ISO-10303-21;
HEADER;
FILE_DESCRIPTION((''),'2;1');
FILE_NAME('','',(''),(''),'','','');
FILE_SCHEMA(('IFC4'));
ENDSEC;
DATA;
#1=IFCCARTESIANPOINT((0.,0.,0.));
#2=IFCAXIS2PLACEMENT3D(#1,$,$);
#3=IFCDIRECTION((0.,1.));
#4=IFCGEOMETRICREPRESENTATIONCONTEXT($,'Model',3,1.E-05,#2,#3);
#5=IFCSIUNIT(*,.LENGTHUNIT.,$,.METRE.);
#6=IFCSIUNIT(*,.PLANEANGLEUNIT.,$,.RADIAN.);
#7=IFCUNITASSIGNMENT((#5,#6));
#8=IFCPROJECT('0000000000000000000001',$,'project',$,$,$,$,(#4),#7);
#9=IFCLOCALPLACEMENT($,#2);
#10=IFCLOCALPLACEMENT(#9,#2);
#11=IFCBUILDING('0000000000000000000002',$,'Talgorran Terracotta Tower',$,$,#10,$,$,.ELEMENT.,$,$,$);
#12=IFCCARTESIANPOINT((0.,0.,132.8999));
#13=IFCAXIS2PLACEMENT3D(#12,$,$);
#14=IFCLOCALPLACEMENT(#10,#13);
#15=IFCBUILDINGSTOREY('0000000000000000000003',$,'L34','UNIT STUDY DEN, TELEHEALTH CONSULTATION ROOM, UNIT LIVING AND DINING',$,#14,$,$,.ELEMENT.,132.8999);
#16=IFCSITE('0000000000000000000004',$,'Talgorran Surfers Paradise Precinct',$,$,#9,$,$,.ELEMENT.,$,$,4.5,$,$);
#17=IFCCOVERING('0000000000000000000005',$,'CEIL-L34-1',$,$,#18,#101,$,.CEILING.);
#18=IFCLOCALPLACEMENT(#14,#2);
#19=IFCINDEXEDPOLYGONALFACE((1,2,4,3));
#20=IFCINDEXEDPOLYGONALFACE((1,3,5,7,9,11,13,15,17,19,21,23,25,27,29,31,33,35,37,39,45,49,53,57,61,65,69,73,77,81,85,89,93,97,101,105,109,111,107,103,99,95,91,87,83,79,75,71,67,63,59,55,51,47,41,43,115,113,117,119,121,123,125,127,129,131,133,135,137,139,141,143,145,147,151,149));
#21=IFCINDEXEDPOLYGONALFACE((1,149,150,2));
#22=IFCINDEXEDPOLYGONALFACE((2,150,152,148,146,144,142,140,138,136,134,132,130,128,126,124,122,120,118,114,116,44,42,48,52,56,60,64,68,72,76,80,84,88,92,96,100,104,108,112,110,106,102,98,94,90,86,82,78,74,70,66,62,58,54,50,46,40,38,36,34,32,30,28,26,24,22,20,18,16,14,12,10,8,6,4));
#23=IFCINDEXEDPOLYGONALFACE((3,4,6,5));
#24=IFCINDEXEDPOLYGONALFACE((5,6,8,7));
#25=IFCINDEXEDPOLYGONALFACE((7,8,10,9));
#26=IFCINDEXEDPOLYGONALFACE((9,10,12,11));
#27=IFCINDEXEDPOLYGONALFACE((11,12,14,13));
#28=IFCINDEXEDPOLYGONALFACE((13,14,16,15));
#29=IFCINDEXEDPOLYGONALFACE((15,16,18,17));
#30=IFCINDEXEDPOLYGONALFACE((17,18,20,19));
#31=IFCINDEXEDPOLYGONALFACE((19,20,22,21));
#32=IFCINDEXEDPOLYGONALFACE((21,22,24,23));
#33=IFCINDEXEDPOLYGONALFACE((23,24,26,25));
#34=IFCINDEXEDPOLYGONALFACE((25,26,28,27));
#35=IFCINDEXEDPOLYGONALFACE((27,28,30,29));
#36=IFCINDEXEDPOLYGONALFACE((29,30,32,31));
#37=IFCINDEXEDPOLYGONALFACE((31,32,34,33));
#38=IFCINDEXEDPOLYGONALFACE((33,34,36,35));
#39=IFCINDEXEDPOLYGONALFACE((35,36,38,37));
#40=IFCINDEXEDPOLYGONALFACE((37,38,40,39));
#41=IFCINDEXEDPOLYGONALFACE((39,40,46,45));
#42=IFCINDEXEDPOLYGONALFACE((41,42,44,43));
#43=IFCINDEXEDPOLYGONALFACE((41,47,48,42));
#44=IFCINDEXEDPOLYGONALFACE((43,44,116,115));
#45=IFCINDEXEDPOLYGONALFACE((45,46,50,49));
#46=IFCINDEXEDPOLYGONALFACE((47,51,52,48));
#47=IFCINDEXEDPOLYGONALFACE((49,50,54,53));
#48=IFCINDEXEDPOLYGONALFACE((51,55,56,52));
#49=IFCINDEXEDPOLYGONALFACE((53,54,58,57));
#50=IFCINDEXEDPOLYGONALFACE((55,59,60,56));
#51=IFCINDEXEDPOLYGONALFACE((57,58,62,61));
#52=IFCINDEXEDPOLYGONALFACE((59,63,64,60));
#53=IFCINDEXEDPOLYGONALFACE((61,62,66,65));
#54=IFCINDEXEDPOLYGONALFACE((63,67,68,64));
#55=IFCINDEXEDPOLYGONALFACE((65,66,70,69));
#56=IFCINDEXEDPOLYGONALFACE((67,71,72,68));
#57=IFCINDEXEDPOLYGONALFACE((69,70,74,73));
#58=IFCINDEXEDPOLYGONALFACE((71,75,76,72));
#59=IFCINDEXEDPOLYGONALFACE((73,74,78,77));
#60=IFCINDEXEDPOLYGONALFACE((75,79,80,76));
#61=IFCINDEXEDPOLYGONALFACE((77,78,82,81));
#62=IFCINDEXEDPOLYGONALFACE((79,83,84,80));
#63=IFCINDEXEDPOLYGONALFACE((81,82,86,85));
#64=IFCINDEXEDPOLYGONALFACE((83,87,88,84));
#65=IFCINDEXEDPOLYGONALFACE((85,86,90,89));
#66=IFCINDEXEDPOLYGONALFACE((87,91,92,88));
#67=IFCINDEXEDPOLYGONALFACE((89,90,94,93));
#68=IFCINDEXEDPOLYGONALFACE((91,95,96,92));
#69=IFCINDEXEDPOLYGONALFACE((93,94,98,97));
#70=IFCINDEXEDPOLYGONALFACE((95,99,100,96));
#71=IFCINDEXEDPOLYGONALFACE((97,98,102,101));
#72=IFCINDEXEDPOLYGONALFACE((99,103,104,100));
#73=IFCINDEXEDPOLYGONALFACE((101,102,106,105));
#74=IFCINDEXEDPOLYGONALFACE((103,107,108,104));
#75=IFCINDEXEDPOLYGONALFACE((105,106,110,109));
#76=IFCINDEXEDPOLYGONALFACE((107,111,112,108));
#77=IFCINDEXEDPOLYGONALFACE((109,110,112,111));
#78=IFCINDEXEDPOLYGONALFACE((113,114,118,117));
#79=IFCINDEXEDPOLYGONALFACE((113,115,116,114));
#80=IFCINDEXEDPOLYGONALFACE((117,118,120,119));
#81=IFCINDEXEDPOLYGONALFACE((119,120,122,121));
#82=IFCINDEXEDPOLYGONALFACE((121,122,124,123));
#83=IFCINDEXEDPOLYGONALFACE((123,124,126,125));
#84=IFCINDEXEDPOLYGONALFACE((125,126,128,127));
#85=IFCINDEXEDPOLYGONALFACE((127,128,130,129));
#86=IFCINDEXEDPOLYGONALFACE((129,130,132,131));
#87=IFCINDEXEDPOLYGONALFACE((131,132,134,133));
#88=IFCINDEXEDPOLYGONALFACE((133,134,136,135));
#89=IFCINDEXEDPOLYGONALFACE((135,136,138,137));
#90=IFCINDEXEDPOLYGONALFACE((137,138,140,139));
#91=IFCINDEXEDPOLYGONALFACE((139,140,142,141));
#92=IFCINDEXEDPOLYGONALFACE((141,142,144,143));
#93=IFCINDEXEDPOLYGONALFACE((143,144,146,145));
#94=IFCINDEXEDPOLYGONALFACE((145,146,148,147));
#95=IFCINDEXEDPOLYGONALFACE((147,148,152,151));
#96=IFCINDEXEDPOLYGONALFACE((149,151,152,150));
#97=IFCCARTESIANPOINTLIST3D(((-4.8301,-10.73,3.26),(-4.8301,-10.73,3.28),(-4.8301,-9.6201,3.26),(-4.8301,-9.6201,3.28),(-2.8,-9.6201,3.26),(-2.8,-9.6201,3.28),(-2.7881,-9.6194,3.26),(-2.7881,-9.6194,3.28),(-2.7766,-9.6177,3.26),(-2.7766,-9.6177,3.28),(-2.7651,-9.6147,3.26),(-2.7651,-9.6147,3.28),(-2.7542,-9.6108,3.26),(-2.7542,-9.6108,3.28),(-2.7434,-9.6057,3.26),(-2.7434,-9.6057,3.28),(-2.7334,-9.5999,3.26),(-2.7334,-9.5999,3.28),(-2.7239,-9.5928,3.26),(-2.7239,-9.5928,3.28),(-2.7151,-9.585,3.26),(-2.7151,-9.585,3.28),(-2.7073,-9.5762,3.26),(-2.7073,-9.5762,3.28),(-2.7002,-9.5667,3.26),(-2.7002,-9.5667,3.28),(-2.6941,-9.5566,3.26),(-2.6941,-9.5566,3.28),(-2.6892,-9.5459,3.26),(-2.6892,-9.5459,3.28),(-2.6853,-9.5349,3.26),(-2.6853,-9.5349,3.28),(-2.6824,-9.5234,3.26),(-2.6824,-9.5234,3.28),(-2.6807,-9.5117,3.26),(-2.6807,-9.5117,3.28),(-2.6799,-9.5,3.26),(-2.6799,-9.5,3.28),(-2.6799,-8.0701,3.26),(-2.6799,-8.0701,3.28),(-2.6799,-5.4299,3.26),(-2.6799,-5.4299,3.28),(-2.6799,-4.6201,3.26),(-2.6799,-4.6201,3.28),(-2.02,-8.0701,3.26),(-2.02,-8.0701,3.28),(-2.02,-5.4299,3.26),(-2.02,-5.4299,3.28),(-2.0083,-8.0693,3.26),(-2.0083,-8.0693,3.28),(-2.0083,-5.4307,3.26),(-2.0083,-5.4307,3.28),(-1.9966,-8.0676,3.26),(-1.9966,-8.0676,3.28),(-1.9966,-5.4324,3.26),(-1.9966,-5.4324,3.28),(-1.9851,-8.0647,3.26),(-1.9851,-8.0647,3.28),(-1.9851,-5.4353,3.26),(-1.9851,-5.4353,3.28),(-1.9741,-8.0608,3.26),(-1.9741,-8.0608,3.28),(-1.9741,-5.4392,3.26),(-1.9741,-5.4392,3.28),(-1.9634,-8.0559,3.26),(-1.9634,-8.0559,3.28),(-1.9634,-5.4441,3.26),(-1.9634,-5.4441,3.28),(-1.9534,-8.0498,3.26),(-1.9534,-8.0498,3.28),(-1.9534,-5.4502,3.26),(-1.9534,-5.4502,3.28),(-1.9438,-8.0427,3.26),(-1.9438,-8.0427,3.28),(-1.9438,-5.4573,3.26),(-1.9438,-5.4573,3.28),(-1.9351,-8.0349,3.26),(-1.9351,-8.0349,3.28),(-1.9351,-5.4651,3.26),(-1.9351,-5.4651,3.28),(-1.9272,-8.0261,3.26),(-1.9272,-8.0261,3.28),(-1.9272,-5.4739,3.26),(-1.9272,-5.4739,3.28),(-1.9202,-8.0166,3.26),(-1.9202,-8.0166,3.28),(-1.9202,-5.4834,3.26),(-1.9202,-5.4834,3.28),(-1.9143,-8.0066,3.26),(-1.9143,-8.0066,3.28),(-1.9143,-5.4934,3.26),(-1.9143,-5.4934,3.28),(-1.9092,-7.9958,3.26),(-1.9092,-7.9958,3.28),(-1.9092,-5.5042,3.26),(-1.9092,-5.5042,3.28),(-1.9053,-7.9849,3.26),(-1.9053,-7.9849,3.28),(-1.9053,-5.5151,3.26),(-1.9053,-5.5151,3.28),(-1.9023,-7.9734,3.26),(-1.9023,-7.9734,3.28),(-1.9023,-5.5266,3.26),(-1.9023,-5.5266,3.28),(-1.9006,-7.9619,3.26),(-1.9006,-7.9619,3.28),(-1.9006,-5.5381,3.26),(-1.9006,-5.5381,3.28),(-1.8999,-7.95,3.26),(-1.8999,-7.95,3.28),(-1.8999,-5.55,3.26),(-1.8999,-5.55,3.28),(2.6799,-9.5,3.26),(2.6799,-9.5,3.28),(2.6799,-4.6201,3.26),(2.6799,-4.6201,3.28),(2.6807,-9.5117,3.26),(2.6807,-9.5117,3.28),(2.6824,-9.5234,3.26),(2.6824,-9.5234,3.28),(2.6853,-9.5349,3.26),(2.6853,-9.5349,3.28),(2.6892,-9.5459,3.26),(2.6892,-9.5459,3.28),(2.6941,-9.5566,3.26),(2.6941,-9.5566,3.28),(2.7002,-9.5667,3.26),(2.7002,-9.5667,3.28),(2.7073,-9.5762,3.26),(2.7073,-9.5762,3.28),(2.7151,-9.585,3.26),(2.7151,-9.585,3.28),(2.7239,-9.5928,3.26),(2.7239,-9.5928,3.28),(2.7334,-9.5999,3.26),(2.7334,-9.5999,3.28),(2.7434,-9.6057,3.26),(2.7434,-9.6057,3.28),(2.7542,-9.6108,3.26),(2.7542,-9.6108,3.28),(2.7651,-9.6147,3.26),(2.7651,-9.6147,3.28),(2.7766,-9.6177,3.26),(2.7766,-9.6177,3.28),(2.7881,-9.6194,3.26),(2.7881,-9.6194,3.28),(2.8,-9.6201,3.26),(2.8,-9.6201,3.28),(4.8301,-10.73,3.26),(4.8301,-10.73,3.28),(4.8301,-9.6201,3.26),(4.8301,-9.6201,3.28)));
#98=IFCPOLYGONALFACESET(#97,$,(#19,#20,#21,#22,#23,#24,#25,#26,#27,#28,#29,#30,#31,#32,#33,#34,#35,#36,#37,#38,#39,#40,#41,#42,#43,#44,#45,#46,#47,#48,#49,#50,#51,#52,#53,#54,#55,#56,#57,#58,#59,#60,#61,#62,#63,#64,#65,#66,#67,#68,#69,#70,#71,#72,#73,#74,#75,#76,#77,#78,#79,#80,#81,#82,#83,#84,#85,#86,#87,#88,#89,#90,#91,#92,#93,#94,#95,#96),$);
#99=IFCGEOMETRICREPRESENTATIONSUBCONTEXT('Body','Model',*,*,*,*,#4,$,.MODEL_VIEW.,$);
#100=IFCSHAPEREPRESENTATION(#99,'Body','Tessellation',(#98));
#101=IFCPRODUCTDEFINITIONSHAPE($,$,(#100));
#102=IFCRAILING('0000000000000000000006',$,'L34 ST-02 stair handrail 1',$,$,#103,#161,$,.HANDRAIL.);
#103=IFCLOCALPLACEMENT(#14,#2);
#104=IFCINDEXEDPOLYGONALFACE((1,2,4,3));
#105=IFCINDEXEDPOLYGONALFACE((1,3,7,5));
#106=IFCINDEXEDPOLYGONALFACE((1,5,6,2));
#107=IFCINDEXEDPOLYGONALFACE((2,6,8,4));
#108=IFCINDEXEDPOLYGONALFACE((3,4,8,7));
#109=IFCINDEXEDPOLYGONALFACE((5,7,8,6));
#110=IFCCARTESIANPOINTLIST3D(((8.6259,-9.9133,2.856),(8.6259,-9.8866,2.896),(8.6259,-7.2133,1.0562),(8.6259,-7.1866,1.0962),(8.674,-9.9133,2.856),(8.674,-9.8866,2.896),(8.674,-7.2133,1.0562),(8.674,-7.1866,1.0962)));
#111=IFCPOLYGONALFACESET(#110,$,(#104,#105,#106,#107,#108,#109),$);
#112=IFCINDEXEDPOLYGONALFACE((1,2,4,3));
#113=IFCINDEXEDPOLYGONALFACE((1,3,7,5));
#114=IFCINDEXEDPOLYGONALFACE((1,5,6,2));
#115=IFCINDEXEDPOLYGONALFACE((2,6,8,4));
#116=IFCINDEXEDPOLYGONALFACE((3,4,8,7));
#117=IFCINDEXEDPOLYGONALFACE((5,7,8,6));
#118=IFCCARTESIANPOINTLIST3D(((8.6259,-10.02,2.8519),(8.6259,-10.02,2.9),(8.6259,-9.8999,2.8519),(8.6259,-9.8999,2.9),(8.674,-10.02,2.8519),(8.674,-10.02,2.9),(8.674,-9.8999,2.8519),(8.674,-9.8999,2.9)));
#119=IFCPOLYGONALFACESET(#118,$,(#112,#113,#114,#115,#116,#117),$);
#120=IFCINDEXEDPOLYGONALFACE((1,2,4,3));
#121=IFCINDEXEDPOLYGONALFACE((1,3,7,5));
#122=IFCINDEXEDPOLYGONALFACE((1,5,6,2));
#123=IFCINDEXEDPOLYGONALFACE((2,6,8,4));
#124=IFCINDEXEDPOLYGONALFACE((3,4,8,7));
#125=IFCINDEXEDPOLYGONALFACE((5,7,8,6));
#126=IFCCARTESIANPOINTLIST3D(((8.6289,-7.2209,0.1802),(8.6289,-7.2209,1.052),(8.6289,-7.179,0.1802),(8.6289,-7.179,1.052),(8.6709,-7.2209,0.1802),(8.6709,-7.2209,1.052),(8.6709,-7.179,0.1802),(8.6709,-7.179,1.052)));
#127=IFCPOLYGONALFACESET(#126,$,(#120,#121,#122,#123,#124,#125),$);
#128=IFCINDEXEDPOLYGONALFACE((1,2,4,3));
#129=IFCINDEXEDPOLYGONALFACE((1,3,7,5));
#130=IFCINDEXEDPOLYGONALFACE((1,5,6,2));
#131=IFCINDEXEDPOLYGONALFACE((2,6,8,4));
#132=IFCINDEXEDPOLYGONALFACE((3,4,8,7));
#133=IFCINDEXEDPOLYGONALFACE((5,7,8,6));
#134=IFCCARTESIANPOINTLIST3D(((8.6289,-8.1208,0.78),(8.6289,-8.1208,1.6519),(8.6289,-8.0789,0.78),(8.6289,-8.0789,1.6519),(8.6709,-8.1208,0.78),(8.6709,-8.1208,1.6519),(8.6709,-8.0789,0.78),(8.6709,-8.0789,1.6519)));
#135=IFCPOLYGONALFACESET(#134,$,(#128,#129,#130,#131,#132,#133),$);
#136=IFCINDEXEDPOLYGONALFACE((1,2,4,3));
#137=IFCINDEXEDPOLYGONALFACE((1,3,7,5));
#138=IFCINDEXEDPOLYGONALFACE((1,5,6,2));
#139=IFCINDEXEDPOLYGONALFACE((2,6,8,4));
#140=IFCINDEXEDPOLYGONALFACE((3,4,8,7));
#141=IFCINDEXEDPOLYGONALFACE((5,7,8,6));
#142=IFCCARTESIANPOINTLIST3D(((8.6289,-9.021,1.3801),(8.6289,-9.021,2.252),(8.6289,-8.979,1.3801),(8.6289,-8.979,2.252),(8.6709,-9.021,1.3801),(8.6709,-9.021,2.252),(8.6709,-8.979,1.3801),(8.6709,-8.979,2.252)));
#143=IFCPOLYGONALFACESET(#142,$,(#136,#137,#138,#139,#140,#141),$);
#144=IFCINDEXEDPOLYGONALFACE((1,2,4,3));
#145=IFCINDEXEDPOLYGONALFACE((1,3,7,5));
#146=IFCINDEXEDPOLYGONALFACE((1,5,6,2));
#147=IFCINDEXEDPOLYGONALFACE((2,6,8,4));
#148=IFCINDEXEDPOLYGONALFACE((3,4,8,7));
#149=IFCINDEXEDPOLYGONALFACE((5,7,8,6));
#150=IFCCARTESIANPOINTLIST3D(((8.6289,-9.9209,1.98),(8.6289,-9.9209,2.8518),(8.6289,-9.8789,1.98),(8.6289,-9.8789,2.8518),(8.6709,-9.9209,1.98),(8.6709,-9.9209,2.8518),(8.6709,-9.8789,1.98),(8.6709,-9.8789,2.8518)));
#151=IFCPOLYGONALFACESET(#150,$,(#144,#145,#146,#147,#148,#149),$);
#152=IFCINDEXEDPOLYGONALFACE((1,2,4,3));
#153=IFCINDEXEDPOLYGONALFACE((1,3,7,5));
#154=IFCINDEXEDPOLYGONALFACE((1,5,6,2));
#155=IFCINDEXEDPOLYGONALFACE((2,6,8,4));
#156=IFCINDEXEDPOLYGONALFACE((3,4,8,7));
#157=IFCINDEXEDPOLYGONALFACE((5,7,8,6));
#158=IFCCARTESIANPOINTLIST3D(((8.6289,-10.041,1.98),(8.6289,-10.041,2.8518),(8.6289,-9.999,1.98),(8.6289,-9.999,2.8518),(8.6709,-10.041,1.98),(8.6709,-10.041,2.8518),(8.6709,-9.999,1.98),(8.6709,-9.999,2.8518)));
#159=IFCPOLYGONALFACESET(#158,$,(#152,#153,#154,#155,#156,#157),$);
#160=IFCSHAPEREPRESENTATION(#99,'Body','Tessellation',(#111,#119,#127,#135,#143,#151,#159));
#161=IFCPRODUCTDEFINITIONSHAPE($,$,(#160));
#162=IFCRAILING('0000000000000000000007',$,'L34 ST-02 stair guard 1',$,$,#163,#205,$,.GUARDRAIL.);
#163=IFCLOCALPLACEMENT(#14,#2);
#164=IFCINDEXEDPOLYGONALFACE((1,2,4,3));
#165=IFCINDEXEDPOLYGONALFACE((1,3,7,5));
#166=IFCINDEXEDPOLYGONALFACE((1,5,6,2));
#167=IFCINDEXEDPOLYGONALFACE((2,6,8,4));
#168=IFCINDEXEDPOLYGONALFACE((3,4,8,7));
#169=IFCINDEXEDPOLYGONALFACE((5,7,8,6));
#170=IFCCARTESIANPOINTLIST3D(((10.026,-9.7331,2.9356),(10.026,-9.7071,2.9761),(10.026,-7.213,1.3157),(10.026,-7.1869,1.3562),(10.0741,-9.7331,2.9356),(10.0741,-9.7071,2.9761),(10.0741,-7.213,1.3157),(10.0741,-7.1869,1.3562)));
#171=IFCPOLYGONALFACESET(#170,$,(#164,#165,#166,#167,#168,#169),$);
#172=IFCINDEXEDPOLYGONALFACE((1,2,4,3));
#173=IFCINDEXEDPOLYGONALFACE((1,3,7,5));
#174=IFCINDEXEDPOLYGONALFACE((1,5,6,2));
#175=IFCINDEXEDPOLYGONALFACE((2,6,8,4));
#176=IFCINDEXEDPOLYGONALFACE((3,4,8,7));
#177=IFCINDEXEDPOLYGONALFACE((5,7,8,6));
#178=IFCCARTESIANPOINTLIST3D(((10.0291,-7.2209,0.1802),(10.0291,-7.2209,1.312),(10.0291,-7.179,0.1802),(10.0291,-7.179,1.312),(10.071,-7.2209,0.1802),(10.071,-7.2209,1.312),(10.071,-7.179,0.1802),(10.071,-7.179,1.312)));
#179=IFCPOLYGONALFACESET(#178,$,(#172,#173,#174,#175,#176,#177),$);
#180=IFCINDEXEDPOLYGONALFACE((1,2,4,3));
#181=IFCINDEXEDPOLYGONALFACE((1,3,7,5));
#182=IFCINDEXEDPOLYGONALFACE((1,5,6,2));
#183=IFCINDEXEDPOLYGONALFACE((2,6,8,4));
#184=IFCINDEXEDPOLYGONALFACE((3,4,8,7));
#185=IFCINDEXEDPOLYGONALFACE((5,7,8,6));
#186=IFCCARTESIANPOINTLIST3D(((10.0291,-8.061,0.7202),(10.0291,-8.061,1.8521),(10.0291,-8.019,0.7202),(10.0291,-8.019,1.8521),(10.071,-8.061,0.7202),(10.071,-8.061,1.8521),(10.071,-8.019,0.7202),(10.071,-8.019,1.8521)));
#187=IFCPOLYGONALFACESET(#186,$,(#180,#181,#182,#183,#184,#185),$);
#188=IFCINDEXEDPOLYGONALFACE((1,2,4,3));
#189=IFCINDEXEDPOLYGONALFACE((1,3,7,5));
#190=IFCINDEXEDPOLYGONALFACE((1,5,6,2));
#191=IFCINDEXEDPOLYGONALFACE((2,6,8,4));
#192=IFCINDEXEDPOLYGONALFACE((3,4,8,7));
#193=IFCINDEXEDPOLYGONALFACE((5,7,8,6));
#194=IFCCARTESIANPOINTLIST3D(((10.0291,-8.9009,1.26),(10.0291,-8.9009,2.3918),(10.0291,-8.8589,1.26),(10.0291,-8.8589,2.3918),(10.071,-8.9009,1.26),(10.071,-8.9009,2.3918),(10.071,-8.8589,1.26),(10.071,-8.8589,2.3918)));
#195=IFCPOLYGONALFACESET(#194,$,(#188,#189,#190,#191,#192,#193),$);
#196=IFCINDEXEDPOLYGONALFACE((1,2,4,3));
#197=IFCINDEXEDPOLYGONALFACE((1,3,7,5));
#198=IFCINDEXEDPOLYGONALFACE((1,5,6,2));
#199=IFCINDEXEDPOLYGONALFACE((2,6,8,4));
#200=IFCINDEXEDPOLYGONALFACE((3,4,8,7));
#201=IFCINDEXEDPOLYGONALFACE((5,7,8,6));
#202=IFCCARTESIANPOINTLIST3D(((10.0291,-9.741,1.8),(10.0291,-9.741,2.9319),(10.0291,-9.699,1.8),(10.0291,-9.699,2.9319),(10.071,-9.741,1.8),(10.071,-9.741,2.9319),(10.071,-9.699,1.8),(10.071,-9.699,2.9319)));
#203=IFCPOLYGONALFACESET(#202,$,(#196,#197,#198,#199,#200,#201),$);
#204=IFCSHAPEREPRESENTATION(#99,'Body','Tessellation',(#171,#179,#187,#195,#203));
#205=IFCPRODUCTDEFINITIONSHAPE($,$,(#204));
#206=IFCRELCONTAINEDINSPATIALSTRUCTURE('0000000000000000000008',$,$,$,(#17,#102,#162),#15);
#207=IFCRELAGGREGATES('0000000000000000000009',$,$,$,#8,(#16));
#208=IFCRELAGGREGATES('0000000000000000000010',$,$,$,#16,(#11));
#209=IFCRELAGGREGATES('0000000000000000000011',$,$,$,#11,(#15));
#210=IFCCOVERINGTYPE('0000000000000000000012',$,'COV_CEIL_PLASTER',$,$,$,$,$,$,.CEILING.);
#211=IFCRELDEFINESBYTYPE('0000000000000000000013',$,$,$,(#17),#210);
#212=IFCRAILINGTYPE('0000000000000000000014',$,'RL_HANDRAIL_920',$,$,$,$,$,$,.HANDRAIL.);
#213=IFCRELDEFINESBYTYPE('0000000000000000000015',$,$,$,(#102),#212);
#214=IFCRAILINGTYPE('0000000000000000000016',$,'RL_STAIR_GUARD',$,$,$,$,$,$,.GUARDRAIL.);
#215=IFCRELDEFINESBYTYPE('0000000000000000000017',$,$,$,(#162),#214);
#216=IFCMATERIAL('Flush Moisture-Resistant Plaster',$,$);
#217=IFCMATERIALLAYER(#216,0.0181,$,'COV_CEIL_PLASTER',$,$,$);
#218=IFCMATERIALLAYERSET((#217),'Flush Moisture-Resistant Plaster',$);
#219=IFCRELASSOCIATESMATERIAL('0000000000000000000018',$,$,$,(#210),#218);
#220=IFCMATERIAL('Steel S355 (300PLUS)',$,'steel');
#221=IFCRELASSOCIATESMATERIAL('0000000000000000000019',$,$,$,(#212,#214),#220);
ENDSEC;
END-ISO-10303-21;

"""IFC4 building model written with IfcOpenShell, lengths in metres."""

from ifc_helpers import new_model, si_unit, direction, frame, origin, origin_2d, place, context, subcontext, project, spatial, polyline, rectangle, outline, extrude, material, layer, layer_set, type_object, element, save


model = new_model("IFC4")

# Units and contexts
model_context = context("Model", 3, precision=1e-05, world=origin(), true_north=direction((0.0, 1.0)))
body_context = subcontext(model_context, "Body", "Model", "MODEL_VIEW")
ifc_project = project(units=[si_unit("LENGTHUNIT", "METRE"), si_unit("PLANEANGLEUNIT", "RADIAN")], contexts=[model_context])

# Site, building, storey
site_placement = place(None, origin())
site = spatial("IfcSite", under=ifc_project, at=site_placement, Name="Talgorran Surfers Paradise Precinct", CompositionType="ELEMENT", RefElevation=4.5)
building_placement = place(site_placement, origin())
building = spatial("IfcBuilding", under=site, at=building_placement, Name="Talgorran Terracotta Tower", CompositionType="ELEMENT")
storey_placement = place(building_placement, frame((0.0, 0.0, 132.8999)))
storey = spatial("IfcBuildingStorey", under=building, at=storey_placement, Name="L34", Description="UNIT STUDY DEN, TELEHEALTH CONSULTATION ROOM, UNIT LIVING AND DINING", CompositionType="ELEMENT", Elevation=132.8999)

# Shared definitions
ifc_material_1 = material(Name="Steel S355 (300PLUS)", Category="steel")

# Covering
ifc_material_2 = material(Name="Flush Moisture-Resistant Plaster")
ifc_layer_1 = layer(ifc_material_2, 0.0181, Name="COV_CEIL_PLASTER")
ifc_layer_set_1 = layer_set([ifc_layer_1], Name="Flush Moisture-Resistant Plaster")
covering_type_1 = type_object("IfcCoveringType", Name="COV_CEIL_PLASTER", PredefinedType="CEILING", material=ifc_layer_set_1)
covering_1_placement = place(storey_placement, frame((0.0, 0.0, 3.26)))
element("IfcCovering", 1, at=covering_1_placement, inside=storey, type_object=covering_type_1, Name="CEIL-L34-1", PredefinedType="CEILING", context=body_context, shape_type="SweptSolid", body=[
    extrude(outline(polyline([(2.6799, -4.6201), (2.6799, -9.5), (2.6807, -9.5117), (2.6824, -9.5234), (2.6853, -9.5349), (2.6892, -9.5459), (2.6941, -9.5566), (2.7002, -9.5667), (2.7073, -9.5762), (2.7151, -9.585), (2.7239, -9.5928), (2.7334, -9.5999), (2.7434, -9.6057), (2.7542, -9.6108), (2.7651, -9.6147), (2.7766, -9.6177), (2.7881, -9.6194), (2.8, -9.6201), (4.8301, -9.6201), (4.8301, -10.73), (-4.8301, -10.73), (-4.8301, -9.6201), (-2.8, -9.6201), (-2.7881, -9.6194), (-2.7766, -9.6177), (-2.7651, -9.6147), (-2.7542, -9.6108), (-2.7434, -9.6057), (-2.7334, -9.5999), (-2.7239, -9.5928), (-2.7151, -9.585), (-2.7073, -9.5762), (-2.7002, -9.5667), (-2.6941, -9.5566), (-2.6892, -9.5459), (-2.6853, -9.5349), (-2.6824, -9.5234), (-2.6807, -9.5117), (-2.6799, -9.5), (-2.6799, -8.0701), (-2.02, -8.0701), (-2.0083, -8.0693), (-1.9966, -8.0676), (-1.9851, -8.0647), (-1.9741, -8.0608), (-1.9634, -8.0559), (-1.9534, -8.0498), (-1.9438, -8.0427), (-1.9351, -8.0349), (-1.9272, -8.0261), (-1.9202, -8.0166), (-1.9143, -8.0066), (-1.9092, -7.9958), (-1.9053, -7.9849), (-1.9023, -7.9734), (-1.9006, -7.9619), (-1.8999, -7.95), (-1.8999, -5.55), (-1.9006, -5.5381), (-1.9023, -5.5266), (-1.9053, -5.5151), (-1.9092, -5.5042), (-1.9143, -5.4934), (-1.9202, -5.4834), (-1.9272, -5.4739), (-1.9351, -5.4651), (-1.9438, -5.4573), (-1.9534, -5.4502), (-1.9634, -5.4441), (-1.9741, -5.4392), (-1.9851, -5.4353), (-1.9966, -5.4324), (-2.0083, -5.4307), (-2.02, -5.4299), (-2.6799, -5.4299), (-2.6799, -4.6201), (2.6799, -4.6201)])), origin(), (0.0, 0.0, 1.0), 0.02),
])

# Railings
railing_type_1 = type_object("IfcRailingType", Name="RL_HANDRAIL_920", PredefinedType="HANDRAIL", material=ifc_material_1)
railing_1_placement = place(storey_placement, frame((8.6499, -7.2, 0.1802)))
element("IfcRailing", 2, at=railing_1_placement, inside=storey, type_object=railing_type_1, Name="L34 ST-02 stair handrail 1", PredefinedType="HANDRAIL", context=body_context, shape_type="SweptSolid", body=[
    extrude(rectangle(XDim=0.0481, YDim=0.0481, at=origin_2d()), frame((0.0, 0.0, 0.896), z_axis=(0.0, -0.832073, 0.554665), x_axis=(1.0, 0.0, 0.0)), (0.0, 0.0, 1.0), 3.2449),
    extrude(rectangle(XDim=0.0481, YDim=0.0481, at=origin_2d()), frame((0.0, -2.7, 2.6958), z_axis=(0.0, -1.0, 0.0), x_axis=(1.0, 0.0, 0.0)), (0.0, 0.0, 1.0), 0.1201),
    extrude(rectangle(XDim=0.042, YDim=0.042, at=origin_2d()), origin(), (0.0, 0.0, 1.0), 0.8718),
    extrude(rectangle(XDim=0.042, YDim=0.042, at=origin_2d()), frame((0.0, -0.8999, 0.5999)), (0.0, 0.0, 1.0), 0.8718),
    extrude(rectangle(XDim=0.042, YDim=0.042, at=origin_2d()), frame((0.0, -1.8, 1.2)), (0.0, 0.0, 1.0), 0.8718),
    extrude(rectangle(XDim=0.042, YDim=0.042, at=origin_2d()), frame((0.0, -2.7, 1.7998)), (0.0, 0.0, 1.0), 0.8718),
    extrude(rectangle(XDim=0.042, YDim=0.042, at=origin_2d()), frame((0.0, -2.8201, 1.7998)), (0.0, 0.0, 1.0), 0.8718),
])
railing_type_2 = type_object("IfcRailingType", Name="RL_STAIR_GUARD", PredefinedType="GUARDRAIL", material=ifc_material_1)
railing_2_placement = place(storey_placement, frame((10.05, -7.2, 0.1802)))
element("IfcRailing", 3, at=railing_2_placement, inside=storey, type_object=railing_type_2, Name="L34 ST-02 stair guard 1", PredefinedType="GUARDRAIL", context=body_context, shape_type="SweptSolid", body=[
    extrude(rectangle(XDim=0.0481, YDim=0.0481, at=origin_2d()), frame((0.0, 0.0, 1.1558), z_axis=(0.0, -0.8412, 0.540725), x_axis=(1.0, 0.0, 0.0)), (0.0, 0.0, 1.0), 2.9958),
    extrude(rectangle(XDim=0.042, YDim=0.042, at=origin_2d()), origin(), (0.0, 0.0, 1.0), 1.1318),
    extrude(rectangle(XDim=0.042, YDim=0.042, at=origin_2d()), frame((0.0, -0.8401, 0.54)), (0.0, 0.0, 1.0), 1.1318),
    extrude(rectangle(XDim=0.042, YDim=0.042, at=origin_2d()), frame((0.0, -1.6799, 1.0798)), (0.0, 0.0, 1.0), 1.1318),
    extrude(rectangle(XDim=0.042, YDim=0.042, at=origin_2d()), frame((0.0, -2.52, 1.6199)), (0.0, 0.0, 1.0), 1.1318),
])

save(model, "model.ifc")
